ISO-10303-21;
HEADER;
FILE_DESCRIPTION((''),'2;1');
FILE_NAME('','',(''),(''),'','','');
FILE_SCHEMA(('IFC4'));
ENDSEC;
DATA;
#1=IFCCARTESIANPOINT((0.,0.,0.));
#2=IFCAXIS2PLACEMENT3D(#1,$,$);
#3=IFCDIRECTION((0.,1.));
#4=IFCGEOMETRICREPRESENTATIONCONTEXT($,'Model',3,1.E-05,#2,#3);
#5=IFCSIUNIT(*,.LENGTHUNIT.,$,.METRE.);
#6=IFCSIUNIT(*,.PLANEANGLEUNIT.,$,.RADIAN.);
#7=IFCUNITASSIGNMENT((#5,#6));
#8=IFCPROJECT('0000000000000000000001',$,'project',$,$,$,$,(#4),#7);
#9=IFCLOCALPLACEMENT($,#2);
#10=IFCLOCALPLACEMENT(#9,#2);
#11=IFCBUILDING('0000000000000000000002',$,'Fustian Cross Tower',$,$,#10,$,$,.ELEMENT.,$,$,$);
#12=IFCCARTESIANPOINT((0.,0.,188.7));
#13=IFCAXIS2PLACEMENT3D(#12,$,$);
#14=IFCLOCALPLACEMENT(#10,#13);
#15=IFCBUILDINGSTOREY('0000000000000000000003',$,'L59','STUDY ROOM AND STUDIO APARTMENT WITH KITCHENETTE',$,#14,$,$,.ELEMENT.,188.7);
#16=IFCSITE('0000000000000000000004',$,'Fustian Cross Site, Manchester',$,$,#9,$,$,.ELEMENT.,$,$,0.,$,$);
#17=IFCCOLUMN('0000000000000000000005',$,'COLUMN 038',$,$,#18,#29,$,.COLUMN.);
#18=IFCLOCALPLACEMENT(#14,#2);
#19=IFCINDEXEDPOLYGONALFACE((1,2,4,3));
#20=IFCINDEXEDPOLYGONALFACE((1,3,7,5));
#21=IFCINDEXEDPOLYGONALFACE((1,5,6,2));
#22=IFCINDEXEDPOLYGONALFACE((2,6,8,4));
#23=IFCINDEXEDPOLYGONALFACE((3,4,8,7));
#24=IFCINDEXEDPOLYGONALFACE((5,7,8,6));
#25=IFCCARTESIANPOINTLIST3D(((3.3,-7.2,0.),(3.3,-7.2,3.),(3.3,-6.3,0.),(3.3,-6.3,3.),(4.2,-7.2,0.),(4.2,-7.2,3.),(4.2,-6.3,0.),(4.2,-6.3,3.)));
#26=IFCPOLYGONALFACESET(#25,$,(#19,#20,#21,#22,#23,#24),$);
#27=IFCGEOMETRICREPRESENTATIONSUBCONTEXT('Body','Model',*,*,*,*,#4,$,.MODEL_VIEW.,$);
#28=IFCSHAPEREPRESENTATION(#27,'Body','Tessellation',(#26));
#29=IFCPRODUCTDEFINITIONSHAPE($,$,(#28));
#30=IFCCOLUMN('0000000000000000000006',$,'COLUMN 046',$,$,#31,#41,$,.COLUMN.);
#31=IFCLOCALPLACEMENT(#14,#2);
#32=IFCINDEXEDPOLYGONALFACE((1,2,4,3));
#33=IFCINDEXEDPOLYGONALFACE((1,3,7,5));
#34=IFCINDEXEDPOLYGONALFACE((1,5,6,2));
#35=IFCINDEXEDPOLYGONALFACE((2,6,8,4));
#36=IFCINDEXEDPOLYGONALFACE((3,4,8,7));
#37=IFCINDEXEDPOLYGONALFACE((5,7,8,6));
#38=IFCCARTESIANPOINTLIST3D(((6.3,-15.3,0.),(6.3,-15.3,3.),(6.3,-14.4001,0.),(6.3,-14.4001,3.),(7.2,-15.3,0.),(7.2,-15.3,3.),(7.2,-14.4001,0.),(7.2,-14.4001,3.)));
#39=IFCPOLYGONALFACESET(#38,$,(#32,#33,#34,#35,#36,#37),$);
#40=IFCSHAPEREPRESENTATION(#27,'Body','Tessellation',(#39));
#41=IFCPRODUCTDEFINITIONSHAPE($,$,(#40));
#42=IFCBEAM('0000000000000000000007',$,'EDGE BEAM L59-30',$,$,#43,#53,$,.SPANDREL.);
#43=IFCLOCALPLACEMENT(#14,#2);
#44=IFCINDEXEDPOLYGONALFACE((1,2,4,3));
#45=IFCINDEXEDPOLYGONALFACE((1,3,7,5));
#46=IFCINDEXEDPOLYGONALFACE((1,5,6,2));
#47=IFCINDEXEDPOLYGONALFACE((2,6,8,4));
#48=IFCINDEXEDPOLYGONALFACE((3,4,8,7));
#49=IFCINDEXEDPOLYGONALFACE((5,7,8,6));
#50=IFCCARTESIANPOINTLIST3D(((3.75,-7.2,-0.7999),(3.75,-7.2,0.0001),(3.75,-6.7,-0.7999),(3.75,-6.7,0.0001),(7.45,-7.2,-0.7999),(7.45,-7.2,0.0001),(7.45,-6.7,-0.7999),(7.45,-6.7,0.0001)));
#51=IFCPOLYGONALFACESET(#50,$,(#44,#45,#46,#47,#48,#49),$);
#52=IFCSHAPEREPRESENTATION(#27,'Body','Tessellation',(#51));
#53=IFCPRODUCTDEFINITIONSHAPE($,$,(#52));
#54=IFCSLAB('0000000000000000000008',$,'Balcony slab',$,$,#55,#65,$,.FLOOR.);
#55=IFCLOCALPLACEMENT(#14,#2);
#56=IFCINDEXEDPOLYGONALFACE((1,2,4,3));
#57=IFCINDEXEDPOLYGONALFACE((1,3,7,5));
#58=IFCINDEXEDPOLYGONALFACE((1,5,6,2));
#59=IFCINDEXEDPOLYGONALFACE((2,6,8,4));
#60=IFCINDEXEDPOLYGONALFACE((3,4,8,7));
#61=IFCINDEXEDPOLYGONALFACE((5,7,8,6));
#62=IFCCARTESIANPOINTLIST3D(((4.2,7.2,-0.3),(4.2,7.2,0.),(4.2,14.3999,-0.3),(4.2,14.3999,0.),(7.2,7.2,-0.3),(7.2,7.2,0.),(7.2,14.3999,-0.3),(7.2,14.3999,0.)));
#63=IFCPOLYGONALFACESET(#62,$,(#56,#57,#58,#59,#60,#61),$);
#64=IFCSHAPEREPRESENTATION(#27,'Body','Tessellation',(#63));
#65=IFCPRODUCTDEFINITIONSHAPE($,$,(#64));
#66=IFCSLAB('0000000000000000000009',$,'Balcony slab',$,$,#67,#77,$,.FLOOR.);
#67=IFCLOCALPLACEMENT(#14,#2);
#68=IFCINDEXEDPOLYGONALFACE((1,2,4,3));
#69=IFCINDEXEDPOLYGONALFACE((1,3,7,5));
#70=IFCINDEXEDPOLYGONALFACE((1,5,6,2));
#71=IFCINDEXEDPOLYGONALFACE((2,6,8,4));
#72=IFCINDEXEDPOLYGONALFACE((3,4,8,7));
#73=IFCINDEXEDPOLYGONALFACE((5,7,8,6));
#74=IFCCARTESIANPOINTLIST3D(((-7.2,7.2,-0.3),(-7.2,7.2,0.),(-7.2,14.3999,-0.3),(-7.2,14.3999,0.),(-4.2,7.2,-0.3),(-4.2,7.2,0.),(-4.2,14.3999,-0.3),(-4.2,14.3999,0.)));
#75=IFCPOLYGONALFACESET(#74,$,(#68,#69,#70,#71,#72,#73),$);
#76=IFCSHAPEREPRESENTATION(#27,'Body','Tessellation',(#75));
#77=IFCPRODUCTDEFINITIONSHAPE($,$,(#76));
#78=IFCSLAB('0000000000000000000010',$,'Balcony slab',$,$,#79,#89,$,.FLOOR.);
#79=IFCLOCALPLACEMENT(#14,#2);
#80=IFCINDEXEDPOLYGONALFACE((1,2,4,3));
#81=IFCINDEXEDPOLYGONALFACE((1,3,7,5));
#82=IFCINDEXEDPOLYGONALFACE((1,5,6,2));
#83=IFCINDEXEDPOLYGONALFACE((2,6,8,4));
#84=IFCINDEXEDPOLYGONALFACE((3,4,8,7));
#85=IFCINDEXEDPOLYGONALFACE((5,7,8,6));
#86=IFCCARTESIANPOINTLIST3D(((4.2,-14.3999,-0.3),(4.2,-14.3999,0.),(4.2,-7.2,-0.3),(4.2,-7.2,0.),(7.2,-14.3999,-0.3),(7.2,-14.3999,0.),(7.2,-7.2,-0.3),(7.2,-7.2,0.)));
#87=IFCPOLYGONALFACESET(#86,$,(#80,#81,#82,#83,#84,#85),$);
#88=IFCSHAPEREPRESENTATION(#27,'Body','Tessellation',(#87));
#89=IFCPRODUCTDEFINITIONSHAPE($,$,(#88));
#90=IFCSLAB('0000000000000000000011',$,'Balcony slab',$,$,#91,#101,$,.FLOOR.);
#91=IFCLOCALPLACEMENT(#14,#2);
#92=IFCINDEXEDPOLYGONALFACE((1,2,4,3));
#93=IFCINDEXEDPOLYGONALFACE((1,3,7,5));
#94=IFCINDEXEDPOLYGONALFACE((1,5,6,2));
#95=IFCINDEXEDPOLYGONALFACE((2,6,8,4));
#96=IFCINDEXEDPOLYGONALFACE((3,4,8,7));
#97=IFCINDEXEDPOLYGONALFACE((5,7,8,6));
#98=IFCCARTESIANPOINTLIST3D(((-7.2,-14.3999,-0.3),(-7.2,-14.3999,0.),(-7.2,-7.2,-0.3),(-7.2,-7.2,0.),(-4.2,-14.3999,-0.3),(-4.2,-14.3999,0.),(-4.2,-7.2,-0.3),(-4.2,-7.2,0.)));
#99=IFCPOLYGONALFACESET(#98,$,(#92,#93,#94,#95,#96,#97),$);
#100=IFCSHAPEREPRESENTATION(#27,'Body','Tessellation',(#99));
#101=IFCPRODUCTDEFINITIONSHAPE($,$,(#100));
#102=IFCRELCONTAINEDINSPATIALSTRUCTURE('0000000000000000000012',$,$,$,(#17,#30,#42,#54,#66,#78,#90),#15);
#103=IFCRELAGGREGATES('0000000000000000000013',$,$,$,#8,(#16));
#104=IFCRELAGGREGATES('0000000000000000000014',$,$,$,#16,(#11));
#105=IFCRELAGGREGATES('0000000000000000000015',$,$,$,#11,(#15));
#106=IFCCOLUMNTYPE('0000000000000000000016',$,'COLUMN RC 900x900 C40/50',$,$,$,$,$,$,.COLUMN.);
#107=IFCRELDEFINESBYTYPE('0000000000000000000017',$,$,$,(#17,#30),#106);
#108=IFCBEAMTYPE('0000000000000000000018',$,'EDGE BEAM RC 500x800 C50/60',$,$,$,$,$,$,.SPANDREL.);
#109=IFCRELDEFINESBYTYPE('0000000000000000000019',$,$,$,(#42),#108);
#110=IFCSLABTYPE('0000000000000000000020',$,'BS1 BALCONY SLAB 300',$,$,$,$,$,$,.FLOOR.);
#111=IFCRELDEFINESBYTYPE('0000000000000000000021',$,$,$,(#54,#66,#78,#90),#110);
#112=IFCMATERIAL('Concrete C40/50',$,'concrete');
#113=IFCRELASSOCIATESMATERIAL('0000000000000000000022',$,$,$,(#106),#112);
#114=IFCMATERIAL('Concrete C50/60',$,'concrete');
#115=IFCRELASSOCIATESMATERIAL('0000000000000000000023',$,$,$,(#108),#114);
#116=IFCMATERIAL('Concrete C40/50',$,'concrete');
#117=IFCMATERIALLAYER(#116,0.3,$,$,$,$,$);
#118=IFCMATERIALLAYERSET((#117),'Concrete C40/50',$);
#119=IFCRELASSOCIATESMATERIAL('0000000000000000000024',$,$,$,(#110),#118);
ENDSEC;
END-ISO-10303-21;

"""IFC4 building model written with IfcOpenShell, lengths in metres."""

from ifc_helpers import new_model, si_unit, direction, frame, origin, origin_2d, place, context, subcontext, project, spatial, polyline, rectangle, outline, extrude, material, layer, layer_set, material_profile, profile_set, type_object, element, save


model = new_model("IFC4")

# Units and contexts
model_context = context("Model", 3, precision=1e-05, world=origin(), true_north=direction((0.0, 1.0)))
body_context = subcontext(model_context, "Body", "Model", "MODEL_VIEW")
ifc_project = project(units=[si_unit("LENGTHUNIT", "METRE"), si_unit("PLANEANGLEUNIT", "RADIAN")], contexts=[model_context])

# Site, building, storey
site_placement = place(None, origin())
site = spatial("IfcSite", under=ifc_project, at=site_placement, Name="Fustian Cross Site, Manchester", CompositionType="ELEMENT", RefElevation=0.0)
building_placement = place(site_placement, origin())
building = spatial("IfcBuilding", under=site, at=building_placement, Name="Fustian Cross Tower", CompositionType="ELEMENT")
storey_placement = place(building_placement, frame((0.0, 0.0, 188.7)))
storey = spatial("IfcBuildingStorey", under=building, at=storey_placement, Name="L59", Description="STUDY ROOM AND STUDIO APARTMENT WITH KITCHENETTE", CompositionType="ELEMENT", Elevation=188.7)

# Columns
ifc_material_1 = material(Name="Concrete C40/50", Category="concrete")
ifc_material_profile_1 = material_profile(ifc_material_1, rectangle(XDim=0.8999, YDim=0.8999, at=origin_2d()), Name="RC 900x900")
ifc_profile_set_1 = profile_set([ifc_material_profile_1], Name="Concrete C40/50")
column_type = type_object("IfcColumnType", Name="COLUMN RC 900x900 C40/50", PredefinedType="COLUMN", material=ifc_profile_set_1)
for number, where, z_axis, x_axis, name in (
    (1, (3.75, -6.75, 0.0), (0.0, 0.0, 1.0), (1.0, 0.0, 0.0), "COLUMN 038"),
    (2, (6.75, -14.8501, 0.0), (0.0, 0.0, 1.0), (1.0, 0.0, 0.0), "COLUMN 046"),
):
    element("IfcColumn", number, at=place(storey_placement, frame(where, z_axis=z_axis, x_axis=x_axis)), inside=storey, type_object=column_type, Name=name, PredefinedType="COLUMN", context=body_context, shape_type="SweptSolid", body=[
        extrude(rectangle(XDim=0.8999, YDim=0.8999, at=origin_2d()), origin(), (0.0, 0.0, 1.0), 3.0),
    ])

# Beam
ifc_material_2 = material(Name="Concrete C50/60", Category="concrete")
ifc_material_profile_2 = material_profile(ifc_material_2, rectangle(XDim=0.5, YDim=0.8, at=origin_2d()), Name="RC 500x800")
ifc_profile_set_2 = profile_set([ifc_material_profile_2], Name="Concrete C50/60")
beam_type = type_object("IfcBeamType", Name="EDGE BEAM RC 500x800 C50/60", PredefinedType="SPANDREL", material=ifc_profile_set_2)
beam_placement = place(storey_placement, frame((3.75, -6.95, -0.3999), z_axis=(1.0, 0.0, 0.0), x_axis=(0.0, 1.0, 0.0)))
element("IfcBeam", 3, at=beam_placement, inside=storey, type_object=beam_type, Name="EDGE BEAM L59-30", PredefinedType="SPANDREL", context=body_context, shape_type="SweptSolid", body=[
    extrude(rectangle(XDim=0.5, YDim=0.8, at=origin_2d()), origin(), (0.0, 0.0, 1.0), 3.7),
])

# Slabs
ifc_material_3 = material(Name="Concrete C40/50", Category="concrete")
ifc_layer_1 = layer(ifc_material_3, 0.3)
ifc_layer_set_1 = layer_set([ifc_layer_1], Name="Concrete C40/50")
slab_type_1 = type_object("IfcSlabType", Name="BS1 BALCONY SLAB 300", PredefinedType="FLOOR", material=ifc_layer_set_1)
slab_1_placement = place(storey_placement, frame((0.0, 0.0, -0.3)))
element("IfcSlab", 4, at=slab_1_placement, inside=storey, type_object=slab_type_1, Name="Balcony slab", PredefinedType="FLOOR", context=body_context, shape_type="SweptSolid", body=[
    extrude(outline(polyline([(4.2, 7.2), (7.2, 7.2), (7.2, 14.3999), (4.2, 14.3999), (4.2, 7.2)])), origin(), (0.0, 0.0, 1.0), 0.3),
])
slab_2_placement = place(storey_placement, frame((0.0, 0.0, -0.3)))
element("IfcSlab", 5, at=slab_2_placement, inside=storey, type_object=slab_type_1, Name="Balcony slab", PredefinedType="FLOOR", context=body_context, shape_type="SweptSolid", body=[
    extrude(outline(polyline([(-7.2, 7.2), (-4.2, 7.2), (-4.2, 14.3999), (-7.2, 14.3999), (-7.2, 7.2)])), origin(), (0.0, 0.0, 1.0), 0.3),
])
slab_3_placement = place(storey_placement, frame((0.0, 0.0, -0.3)))
element("IfcSlab", 6, at=slab_3_placement, inside=storey, type_object=slab_type_1, Name="Balcony slab", PredefinedType="FLOOR", context=body_context, shape_type="SweptSolid", body=[
    extrude(outline(polyline([(4.2, -14.3999), (7.2, -14.3999), (7.2, -7.2), (4.2, -7.2), (4.2, -14.3999)])), origin(), (0.0, 0.0, 1.0), 0.3),
])
slab_4_placement = place(storey_placement, frame((0.0, 0.0, -0.3)))
element("IfcSlab", 7, at=slab_4_placement, inside=storey, type_object=slab_type_1, Name="Balcony slab", PredefinedType="FLOOR", context=body_context, shape_type="SweptSolid", body=[
    extrude(outline(polyline([(-7.2, -14.3999), (-4.2, -14.3999), (-4.2, -7.2), (-7.2, -7.2), (-7.2, -14.3999)])), origin(), (0.0, 0.0, 1.0), 0.3),
])

save(model, "model.ifc")
